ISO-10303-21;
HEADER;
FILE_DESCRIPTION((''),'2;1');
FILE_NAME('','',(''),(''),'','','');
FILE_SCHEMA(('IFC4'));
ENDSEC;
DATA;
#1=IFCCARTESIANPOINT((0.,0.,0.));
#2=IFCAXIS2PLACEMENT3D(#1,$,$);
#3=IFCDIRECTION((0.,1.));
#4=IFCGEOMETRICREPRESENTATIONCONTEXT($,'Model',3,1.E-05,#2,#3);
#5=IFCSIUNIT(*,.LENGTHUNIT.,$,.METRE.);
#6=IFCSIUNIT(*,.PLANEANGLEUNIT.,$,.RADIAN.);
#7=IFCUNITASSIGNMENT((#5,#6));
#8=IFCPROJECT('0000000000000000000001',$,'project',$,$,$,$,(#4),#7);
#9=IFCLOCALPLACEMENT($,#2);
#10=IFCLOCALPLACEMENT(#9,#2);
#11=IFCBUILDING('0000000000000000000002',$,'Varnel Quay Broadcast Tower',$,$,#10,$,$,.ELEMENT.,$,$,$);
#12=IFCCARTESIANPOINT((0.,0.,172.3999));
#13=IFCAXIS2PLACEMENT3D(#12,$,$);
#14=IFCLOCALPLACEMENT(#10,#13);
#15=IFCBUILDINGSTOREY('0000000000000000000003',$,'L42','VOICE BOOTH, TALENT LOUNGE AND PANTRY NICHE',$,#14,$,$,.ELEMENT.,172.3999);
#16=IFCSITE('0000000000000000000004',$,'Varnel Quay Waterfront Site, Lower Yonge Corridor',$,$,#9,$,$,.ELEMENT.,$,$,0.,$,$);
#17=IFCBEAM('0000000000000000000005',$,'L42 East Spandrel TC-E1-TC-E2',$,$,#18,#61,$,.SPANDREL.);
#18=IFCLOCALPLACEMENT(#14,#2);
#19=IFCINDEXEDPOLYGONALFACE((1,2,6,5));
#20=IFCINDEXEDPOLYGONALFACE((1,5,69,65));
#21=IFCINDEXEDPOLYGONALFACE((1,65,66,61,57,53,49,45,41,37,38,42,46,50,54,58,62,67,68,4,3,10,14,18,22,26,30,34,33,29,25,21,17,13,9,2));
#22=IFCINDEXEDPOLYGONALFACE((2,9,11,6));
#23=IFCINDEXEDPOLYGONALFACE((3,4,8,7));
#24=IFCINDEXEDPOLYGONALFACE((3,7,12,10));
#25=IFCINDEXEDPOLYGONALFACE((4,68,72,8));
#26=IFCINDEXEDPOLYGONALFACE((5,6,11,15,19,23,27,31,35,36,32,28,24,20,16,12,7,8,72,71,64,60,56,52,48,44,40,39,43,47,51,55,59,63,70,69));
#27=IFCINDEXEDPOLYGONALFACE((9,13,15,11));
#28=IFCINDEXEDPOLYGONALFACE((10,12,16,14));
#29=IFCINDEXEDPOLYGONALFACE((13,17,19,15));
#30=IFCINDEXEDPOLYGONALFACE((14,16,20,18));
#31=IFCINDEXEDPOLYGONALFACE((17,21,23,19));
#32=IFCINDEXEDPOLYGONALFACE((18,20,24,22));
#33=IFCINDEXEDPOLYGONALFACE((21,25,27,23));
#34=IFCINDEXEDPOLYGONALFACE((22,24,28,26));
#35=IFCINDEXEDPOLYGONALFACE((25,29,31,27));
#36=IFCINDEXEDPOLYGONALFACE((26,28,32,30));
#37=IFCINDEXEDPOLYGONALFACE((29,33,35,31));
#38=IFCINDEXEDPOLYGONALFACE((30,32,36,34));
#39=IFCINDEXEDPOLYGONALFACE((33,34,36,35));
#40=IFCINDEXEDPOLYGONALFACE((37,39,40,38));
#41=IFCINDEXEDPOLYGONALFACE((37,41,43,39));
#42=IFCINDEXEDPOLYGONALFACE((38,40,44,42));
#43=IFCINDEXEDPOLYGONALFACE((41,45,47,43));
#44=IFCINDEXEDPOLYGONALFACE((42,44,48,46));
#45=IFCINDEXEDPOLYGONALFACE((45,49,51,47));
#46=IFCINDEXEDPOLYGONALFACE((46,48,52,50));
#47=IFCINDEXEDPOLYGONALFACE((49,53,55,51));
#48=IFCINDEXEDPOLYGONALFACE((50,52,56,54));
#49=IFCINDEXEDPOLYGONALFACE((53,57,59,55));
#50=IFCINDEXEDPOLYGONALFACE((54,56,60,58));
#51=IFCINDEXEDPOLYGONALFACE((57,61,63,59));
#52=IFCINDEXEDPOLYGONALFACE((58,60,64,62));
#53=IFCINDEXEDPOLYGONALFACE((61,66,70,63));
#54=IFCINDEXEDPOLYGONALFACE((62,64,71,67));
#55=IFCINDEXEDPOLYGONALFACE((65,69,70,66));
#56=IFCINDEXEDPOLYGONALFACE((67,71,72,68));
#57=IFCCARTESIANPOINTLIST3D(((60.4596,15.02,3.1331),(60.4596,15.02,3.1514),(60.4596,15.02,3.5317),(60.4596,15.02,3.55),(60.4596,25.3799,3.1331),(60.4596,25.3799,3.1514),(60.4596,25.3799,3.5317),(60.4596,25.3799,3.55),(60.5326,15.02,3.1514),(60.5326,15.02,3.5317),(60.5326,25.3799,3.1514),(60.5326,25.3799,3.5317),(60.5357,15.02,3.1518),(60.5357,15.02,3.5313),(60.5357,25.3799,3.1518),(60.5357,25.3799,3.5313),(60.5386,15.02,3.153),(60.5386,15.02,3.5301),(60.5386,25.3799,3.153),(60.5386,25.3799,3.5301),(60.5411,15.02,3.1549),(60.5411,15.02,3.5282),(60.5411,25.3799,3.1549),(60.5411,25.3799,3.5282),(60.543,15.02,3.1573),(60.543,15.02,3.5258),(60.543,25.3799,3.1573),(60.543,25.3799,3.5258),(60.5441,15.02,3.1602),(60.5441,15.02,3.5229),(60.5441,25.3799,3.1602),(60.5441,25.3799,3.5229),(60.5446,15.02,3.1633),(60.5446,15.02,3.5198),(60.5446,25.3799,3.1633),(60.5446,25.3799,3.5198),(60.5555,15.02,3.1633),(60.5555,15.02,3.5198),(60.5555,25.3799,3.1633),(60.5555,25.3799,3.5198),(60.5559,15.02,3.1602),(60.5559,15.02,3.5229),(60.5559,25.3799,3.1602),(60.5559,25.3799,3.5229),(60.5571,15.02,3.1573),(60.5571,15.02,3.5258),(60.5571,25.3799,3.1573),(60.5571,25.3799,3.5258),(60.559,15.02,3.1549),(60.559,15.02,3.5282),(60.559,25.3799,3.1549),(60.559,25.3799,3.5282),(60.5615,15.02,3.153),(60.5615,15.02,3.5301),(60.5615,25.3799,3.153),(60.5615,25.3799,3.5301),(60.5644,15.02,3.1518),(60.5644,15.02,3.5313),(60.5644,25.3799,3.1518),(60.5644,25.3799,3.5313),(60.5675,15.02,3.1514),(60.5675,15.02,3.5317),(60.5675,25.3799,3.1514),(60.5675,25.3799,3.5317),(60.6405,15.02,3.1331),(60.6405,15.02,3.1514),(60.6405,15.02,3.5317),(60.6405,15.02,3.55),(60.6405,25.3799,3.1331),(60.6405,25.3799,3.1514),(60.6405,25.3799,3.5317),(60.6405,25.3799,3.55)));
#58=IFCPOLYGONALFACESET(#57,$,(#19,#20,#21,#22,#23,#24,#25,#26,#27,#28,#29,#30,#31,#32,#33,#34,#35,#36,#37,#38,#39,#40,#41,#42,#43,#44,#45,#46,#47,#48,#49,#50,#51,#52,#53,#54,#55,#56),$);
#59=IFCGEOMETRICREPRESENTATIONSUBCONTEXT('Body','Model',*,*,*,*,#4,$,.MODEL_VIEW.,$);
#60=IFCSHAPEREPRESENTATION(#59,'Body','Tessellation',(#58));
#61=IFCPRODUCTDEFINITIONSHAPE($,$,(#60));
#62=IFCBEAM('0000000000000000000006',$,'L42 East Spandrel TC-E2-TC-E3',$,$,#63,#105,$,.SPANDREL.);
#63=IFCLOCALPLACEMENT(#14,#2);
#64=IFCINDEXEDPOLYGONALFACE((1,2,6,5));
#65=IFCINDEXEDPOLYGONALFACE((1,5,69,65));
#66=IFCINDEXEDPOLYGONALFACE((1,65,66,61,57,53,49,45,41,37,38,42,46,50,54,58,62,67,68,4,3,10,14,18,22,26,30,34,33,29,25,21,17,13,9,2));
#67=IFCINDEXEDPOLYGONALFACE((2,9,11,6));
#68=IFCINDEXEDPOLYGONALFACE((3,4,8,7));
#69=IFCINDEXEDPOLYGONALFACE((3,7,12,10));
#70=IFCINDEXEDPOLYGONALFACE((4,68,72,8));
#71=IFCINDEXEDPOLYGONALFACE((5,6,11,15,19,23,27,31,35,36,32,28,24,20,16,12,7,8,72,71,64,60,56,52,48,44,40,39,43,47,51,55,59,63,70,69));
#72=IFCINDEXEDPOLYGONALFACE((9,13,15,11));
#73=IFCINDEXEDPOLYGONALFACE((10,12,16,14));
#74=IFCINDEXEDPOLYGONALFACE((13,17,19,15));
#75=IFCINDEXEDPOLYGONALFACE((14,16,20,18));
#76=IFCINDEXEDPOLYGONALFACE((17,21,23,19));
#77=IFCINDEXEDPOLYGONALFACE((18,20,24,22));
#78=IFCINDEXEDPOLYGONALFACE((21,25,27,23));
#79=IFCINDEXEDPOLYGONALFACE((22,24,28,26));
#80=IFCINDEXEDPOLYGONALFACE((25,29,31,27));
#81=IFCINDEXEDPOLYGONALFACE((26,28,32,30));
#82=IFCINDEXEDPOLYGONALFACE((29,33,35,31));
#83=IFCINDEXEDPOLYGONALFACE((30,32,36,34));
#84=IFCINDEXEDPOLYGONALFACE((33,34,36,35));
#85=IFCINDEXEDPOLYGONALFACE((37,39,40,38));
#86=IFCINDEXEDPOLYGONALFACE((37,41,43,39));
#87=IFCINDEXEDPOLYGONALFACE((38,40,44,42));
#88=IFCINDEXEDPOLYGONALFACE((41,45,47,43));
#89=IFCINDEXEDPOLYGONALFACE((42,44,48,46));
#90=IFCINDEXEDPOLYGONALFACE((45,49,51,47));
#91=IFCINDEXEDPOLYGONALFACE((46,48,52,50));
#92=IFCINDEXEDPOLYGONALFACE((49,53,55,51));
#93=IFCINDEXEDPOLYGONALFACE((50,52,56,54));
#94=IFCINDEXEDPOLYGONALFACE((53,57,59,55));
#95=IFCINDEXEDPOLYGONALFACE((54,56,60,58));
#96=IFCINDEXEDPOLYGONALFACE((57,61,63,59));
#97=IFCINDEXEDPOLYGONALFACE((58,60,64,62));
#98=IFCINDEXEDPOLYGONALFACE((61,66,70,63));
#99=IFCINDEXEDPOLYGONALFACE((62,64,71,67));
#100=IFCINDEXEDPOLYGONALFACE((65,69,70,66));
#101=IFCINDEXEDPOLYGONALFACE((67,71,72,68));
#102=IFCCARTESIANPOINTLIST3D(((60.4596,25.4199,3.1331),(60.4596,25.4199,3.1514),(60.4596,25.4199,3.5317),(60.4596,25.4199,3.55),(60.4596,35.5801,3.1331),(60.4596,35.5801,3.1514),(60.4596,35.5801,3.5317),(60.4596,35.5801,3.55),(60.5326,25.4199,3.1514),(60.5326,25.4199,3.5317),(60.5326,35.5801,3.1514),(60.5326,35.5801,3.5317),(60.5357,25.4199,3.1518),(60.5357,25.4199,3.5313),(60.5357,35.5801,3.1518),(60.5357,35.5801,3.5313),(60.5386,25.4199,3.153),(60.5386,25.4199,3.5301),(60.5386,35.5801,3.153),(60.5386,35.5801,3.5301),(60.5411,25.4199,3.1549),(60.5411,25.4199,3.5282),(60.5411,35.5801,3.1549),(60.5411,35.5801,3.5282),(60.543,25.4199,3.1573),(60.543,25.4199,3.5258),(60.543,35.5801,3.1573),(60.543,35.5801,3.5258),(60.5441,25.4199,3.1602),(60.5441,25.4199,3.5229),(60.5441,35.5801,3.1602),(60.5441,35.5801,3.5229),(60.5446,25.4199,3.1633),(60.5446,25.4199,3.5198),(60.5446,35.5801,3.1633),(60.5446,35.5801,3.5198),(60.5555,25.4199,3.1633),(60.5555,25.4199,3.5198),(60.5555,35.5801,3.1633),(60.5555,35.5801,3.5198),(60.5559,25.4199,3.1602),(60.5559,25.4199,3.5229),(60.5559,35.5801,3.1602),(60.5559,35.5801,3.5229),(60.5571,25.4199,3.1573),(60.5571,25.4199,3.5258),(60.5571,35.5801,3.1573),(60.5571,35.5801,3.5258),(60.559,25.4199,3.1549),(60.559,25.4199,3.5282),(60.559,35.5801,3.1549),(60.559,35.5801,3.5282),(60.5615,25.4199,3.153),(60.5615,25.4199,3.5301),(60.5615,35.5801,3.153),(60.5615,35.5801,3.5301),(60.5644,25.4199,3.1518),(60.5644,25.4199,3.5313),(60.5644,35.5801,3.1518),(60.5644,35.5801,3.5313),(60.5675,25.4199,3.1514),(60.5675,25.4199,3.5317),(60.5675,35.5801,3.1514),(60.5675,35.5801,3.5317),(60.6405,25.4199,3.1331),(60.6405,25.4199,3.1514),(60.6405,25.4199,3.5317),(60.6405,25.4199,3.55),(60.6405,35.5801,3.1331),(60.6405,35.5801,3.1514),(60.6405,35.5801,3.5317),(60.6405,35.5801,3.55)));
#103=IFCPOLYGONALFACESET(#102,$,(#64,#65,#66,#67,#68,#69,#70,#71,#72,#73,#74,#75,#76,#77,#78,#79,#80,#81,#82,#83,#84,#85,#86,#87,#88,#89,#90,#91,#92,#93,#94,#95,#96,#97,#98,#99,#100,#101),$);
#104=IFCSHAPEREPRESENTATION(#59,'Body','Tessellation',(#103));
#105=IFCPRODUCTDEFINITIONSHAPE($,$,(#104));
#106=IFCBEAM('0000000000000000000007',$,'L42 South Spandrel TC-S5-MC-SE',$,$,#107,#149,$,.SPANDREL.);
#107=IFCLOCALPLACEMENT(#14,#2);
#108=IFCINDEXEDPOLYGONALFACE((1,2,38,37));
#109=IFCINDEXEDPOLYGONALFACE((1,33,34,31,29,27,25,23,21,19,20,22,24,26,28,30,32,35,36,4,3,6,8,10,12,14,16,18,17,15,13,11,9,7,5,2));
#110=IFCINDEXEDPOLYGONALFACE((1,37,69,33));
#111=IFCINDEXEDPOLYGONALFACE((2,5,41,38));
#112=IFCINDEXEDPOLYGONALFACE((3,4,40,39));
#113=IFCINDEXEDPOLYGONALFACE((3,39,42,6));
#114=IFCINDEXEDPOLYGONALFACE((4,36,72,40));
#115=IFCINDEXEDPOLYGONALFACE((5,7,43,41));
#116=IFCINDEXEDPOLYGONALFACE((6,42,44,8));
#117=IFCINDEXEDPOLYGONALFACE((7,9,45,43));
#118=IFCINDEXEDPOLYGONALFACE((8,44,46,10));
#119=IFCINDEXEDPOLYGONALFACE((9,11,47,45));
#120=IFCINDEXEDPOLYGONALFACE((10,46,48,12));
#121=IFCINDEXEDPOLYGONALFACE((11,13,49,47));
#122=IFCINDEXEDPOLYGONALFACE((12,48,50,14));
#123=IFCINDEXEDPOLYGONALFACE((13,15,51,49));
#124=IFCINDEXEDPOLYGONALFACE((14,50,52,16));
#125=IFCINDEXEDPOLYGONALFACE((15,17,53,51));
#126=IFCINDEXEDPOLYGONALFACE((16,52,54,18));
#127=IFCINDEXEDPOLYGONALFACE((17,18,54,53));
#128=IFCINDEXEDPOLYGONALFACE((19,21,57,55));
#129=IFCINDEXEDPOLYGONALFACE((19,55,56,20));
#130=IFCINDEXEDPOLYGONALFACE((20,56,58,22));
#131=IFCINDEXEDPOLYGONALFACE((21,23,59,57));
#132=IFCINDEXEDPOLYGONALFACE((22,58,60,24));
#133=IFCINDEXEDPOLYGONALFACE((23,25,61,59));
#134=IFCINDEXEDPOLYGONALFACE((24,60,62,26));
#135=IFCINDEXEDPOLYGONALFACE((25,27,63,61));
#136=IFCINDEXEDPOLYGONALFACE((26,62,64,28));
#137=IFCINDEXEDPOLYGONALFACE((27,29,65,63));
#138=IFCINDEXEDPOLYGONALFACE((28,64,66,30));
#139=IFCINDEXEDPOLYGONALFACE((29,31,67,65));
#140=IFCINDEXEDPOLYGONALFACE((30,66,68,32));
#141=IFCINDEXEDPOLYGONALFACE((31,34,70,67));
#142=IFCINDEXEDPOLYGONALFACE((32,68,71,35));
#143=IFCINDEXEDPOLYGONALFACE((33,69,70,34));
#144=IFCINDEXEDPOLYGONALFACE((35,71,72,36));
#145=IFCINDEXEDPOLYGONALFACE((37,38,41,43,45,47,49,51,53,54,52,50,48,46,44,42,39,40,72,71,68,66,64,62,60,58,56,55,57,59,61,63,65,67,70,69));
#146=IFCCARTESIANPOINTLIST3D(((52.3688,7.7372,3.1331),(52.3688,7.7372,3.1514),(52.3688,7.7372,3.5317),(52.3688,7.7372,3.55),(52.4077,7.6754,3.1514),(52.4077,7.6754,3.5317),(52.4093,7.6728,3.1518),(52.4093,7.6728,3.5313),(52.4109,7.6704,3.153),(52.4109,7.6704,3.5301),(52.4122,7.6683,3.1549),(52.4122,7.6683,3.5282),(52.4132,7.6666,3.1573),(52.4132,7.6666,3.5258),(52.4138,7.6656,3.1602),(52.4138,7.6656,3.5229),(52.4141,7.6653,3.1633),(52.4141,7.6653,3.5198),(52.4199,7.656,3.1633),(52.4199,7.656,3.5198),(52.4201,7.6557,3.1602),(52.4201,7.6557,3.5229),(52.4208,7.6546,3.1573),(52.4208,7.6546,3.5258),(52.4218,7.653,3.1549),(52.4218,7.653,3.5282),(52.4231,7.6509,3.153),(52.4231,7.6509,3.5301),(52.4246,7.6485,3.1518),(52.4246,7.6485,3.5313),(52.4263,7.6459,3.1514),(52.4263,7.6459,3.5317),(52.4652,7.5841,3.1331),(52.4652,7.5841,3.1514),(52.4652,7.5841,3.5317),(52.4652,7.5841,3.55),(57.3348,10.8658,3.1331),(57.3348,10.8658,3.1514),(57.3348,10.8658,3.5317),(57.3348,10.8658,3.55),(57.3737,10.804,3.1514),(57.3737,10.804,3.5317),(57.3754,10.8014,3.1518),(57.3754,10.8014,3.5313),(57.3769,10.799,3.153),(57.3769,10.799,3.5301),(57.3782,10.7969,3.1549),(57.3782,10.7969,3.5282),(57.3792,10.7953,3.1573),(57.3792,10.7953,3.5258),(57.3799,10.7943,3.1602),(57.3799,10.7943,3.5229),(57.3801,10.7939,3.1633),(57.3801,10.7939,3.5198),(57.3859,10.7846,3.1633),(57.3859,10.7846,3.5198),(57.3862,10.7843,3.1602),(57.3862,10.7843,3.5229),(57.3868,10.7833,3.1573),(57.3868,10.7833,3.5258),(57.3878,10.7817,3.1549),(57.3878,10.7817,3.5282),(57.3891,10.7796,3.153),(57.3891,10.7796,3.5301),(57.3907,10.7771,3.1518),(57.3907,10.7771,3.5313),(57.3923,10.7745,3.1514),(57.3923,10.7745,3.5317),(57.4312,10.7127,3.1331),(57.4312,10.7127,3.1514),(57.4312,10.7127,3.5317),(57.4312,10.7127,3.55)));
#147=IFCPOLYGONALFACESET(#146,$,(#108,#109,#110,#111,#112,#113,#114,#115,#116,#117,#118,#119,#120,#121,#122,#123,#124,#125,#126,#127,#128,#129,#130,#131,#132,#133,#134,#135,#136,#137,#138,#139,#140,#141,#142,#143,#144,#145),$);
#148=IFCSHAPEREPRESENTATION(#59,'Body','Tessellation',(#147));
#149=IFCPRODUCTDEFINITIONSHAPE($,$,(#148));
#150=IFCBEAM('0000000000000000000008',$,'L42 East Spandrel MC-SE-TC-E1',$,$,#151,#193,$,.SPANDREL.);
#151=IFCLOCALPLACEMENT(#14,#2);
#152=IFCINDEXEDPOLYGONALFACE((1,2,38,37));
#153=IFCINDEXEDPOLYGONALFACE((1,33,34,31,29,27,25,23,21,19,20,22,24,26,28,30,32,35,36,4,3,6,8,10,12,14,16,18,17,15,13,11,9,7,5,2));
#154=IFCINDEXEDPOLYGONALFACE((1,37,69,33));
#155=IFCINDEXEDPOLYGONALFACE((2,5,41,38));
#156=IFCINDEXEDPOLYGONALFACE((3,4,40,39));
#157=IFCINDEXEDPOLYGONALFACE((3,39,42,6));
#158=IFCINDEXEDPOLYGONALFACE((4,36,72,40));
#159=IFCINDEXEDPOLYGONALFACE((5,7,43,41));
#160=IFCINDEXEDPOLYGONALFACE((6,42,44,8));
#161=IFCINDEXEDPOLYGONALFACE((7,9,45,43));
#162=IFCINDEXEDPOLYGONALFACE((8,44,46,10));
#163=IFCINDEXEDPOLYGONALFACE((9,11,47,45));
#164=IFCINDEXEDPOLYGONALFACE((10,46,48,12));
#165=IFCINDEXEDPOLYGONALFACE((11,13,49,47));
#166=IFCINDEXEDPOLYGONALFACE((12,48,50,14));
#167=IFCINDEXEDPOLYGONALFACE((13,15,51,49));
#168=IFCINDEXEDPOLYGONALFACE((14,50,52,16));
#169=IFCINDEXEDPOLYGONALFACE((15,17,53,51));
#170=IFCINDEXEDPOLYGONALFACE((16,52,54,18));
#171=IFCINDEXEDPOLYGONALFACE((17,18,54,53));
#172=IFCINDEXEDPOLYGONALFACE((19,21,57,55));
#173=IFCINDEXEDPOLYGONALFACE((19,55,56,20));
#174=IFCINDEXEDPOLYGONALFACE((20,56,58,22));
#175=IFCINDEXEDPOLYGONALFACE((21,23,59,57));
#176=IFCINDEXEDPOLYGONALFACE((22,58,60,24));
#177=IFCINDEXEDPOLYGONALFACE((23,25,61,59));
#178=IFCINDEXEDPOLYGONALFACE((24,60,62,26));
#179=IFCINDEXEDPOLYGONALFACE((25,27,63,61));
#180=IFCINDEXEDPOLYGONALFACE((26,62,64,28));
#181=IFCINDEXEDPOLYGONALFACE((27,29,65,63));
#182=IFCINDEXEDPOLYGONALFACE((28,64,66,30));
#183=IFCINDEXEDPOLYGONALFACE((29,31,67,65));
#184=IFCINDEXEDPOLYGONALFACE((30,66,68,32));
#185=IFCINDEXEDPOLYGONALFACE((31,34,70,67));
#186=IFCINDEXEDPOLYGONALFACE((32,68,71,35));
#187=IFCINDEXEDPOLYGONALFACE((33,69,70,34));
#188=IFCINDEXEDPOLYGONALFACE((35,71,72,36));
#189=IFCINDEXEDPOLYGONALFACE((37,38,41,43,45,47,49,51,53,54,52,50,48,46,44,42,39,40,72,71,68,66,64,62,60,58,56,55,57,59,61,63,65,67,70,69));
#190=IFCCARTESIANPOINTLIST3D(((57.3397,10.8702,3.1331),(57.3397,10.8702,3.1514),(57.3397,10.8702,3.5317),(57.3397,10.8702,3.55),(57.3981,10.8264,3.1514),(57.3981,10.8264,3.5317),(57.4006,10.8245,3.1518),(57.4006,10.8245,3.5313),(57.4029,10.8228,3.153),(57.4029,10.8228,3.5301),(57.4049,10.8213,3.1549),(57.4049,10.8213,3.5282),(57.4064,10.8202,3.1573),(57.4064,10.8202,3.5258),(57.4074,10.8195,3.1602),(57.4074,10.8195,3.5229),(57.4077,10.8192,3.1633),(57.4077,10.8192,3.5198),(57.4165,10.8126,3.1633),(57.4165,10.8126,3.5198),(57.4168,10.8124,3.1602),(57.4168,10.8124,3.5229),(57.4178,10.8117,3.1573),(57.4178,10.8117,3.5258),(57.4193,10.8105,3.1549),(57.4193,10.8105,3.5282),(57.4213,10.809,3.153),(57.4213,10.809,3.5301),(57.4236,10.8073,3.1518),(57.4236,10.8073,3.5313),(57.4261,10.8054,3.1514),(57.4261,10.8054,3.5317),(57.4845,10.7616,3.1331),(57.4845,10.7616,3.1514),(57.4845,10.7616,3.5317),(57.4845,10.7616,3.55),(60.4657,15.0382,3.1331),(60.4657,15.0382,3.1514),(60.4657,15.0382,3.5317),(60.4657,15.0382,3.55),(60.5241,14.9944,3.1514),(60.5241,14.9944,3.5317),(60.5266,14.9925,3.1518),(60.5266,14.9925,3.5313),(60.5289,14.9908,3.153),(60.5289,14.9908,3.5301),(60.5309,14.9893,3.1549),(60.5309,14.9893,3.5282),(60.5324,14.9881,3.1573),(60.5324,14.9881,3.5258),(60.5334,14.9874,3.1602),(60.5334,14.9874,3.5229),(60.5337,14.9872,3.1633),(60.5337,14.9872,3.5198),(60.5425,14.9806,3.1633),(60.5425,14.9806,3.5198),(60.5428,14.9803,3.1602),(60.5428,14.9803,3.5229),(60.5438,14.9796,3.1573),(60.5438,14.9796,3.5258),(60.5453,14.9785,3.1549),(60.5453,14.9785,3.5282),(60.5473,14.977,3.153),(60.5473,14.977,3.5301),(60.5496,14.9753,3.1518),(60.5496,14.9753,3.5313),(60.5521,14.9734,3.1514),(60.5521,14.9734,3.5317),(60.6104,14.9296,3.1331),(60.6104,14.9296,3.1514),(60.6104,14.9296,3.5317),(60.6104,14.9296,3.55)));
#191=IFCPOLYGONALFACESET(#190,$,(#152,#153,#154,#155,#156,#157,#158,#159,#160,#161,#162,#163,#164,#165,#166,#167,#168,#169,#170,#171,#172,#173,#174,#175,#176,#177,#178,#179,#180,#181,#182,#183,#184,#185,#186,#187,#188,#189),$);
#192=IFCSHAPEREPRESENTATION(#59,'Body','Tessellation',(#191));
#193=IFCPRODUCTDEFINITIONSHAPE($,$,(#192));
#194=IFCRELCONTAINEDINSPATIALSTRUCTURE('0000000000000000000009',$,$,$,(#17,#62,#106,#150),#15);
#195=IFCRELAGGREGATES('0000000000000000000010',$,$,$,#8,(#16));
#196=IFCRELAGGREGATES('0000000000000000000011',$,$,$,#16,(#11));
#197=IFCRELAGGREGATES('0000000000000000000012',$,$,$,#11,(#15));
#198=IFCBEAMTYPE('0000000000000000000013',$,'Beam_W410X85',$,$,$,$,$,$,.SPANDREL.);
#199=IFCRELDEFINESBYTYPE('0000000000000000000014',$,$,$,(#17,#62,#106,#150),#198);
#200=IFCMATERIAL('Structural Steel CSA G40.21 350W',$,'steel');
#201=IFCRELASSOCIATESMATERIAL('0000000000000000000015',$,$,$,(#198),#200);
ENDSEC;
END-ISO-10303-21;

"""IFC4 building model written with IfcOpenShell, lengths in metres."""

from ifc_helpers import new_model, si_unit, direction, frame, origin, origin_2d, place, context, subcontext, project, spatial, i_section, extrude, source, transform, mapped, material, material_profile, profile_set, type_object, type_shapes, element, save


model = new_model("IFC4")

# Units and contexts
model_context = context("Model", 3, precision=1e-05, world=origin(), true_north=direction((0.0, 1.0)))
body_context = subcontext(model_context, "Body", "Model", "MODEL_VIEW")
ifc_project = project(units=[si_unit("LENGTHUNIT", "METRE"), si_unit("PLANEANGLEUNIT", "RADIAN")], contexts=[model_context])

# Site, building, storey
site_placement = place(None, origin())
site = spatial("IfcSite", under=ifc_project, at=site_placement, Name="Varnel Quay Waterfront Site, Lower Yonge Corridor", CompositionType="ELEMENT", RefElevation=0.0)
building_placement = place(site_placement, origin())
building = spatial("IfcBuilding", under=site, at=building_placement, Name="Varnel Quay Broadcast Tower", CompositionType="ELEMENT")
storey_placement = place(building_placement, frame((0.0, 0.0, 172.3999)))
storey = spatial("IfcBuildingStorey", under=building, at=storey_placement, Name="L42", Description="VOICE BOOTH, TALENT LOUNGE AND PANTRY NICHE", CompositionType="ELEMENT", Elevation=172.3999)

# Shared definitions
ifc_material_1 = material(Name="Structural Steel CSA G40.21 350W", Category="steel")

# Beams
ifc_material_profile_1 = material_profile(ifc_material_1, i_section(OverallWidth=0.1809, OverallDepth=0.417, WebThickness=0.011, FlangeThickness=0.0183, FilletRadius=0.012, at=origin_2d()), Name="W410X85")
ifc_profile_set_1 = profile_set([ifc_material_profile_1], Name="Structural Steel CSA G40.21 350W")
beam_type = type_object("IfcBeamType", Name="Beam_W410X85", PredefinedType="SPANDREL", material=ifc_profile_set_1)
shared_shape_1 = source(origin(), body_context, "Body", "SweptSolid", [
    extrude(i_section(OverallWidth=0.1809, OverallDepth=0.417, WebThickness=0.011, FlangeThickness=0.0183, FilletRadius=0.012, at=origin_2d()), origin(), (0.0, 0.0, 1.0), 10.3599),
])
beam_1_placement = place(storey_placement, frame((60.55, 15.02, 3.3416), z_axis=(0.0, 1.0, 0.0), x_axis=(-1.0, 0.0, 0.0)))
element("IfcBeam", 1, at=beam_1_placement, inside=storey, type_object=beam_type, Name="L42 East Spandrel TC-E1-TC-E2", PredefinedType="SPANDREL", context=body_context, shape_type="MappedRepresentation", body=[
    mapped(shared_shape_1, transform((0.0, 0.0, 0.0), x_axis=(1.0, 0.0, 0.0), y_axis=(0.0, 1.0, 0.0), z_axis=(0.0, 0.0, 1.0), scale=1.0)),
])
shared_shape_2 = source(origin(), body_context, "Body", "SweptSolid", [
    extrude(i_section(OverallWidth=0.1809, OverallDepth=0.417, WebThickness=0.011, FlangeThickness=0.0183, FilletRadius=0.012, at=origin_2d()), origin(), (0.0, 0.0, 1.0), 10.1602),
])
beam_2_placement = place(storey_placement, frame((60.55, 25.4199, 3.3416), z_axis=(0.0, 1.0, 0.0), x_axis=(-1.0, 0.0, 0.0)))
element("IfcBeam", 2, at=beam_2_placement, inside=storey, type_object=beam_type, Name="L42 East Spandrel TC-E2-TC-E3", PredefinedType="SPANDREL", context=body_context, shape_type="MappedRepresentation", body=[
    mapped(shared_shape_2, transform((0.0, 0.0, 0.0), x_axis=(1.0, 0.0, 0.0), y_axis=(0.0, 1.0, 0.0), z_axis=(0.0, 0.0, 1.0), scale=1.0)),
])
shared_shape_3 = source(origin(), body_context, "Body", "SweptSolid", [
    extrude(i_section(OverallWidth=0.1809, OverallDepth=0.417, WebThickness=0.011, FlangeThickness=0.0183, FilletRadius=0.012, at=origin_2d()), origin(), (0.0, 0.0, 1.0), 5.8694),
])
beam_3_placement = place(storey_placement, frame((52.417, 7.6606, 3.3416), z_axis=(0.846088, 0.533043, 0.0), x_axis=(-0.533043, 0.846088, 0.0)))
element("IfcBeam", 3, at=beam_3_placement, inside=storey, type_object=beam_type, Name="L42 South Spandrel TC-S5-MC-SE", PredefinedType="SPANDREL", context=body_context, shape_type="MappedRepresentation", body=[
    mapped(shared_shape_3, transform((0.0, 0.0, 0.0), x_axis=(1.0, 0.0, 0.0), y_axis=(0.0, 1.0, 0.0), z_axis=(0.0, 0.0, 1.0), scale=1.0)),
])
shared_shape_4 = source(origin(), body_context, "Body", "SweptSolid", [
    extrude(i_section(OverallWidth=0.1809, OverallDepth=0.417, WebThickness=0.011, FlangeThickness=0.0183, FilletRadius=0.012, at=origin_2d()), origin(), (0.0, 0.0, 1.0), 5.21),
])
type_shapes(beam_type, [shared_shape_1, shared_shape_2, shared_shape_3, shared_shape_4])
beam_4_placement = place(storey_placement, frame((57.4121, 10.8159, 3.3416), z_axis=(0.6, 0.8, 0.0), x_axis=(-0.8, 0.6, 0.0)))
element("IfcBeam", 4, at=beam_4_placement, inside=storey, type_object=beam_type, Name="L42 East Spandrel MC-SE-TC-E1", PredefinedType="SPANDREL", context=body_context, shape_type="MappedRepresentation", body=[
    mapped(shared_shape_4, transform((0.0, 0.0, 0.0), x_axis=(1.0, 0.0, 0.0), y_axis=(0.0, 1.0, 0.0), z_axis=(0.0, 0.0, 1.0), scale=1.0)),
])

save(model, "model.ifc")
